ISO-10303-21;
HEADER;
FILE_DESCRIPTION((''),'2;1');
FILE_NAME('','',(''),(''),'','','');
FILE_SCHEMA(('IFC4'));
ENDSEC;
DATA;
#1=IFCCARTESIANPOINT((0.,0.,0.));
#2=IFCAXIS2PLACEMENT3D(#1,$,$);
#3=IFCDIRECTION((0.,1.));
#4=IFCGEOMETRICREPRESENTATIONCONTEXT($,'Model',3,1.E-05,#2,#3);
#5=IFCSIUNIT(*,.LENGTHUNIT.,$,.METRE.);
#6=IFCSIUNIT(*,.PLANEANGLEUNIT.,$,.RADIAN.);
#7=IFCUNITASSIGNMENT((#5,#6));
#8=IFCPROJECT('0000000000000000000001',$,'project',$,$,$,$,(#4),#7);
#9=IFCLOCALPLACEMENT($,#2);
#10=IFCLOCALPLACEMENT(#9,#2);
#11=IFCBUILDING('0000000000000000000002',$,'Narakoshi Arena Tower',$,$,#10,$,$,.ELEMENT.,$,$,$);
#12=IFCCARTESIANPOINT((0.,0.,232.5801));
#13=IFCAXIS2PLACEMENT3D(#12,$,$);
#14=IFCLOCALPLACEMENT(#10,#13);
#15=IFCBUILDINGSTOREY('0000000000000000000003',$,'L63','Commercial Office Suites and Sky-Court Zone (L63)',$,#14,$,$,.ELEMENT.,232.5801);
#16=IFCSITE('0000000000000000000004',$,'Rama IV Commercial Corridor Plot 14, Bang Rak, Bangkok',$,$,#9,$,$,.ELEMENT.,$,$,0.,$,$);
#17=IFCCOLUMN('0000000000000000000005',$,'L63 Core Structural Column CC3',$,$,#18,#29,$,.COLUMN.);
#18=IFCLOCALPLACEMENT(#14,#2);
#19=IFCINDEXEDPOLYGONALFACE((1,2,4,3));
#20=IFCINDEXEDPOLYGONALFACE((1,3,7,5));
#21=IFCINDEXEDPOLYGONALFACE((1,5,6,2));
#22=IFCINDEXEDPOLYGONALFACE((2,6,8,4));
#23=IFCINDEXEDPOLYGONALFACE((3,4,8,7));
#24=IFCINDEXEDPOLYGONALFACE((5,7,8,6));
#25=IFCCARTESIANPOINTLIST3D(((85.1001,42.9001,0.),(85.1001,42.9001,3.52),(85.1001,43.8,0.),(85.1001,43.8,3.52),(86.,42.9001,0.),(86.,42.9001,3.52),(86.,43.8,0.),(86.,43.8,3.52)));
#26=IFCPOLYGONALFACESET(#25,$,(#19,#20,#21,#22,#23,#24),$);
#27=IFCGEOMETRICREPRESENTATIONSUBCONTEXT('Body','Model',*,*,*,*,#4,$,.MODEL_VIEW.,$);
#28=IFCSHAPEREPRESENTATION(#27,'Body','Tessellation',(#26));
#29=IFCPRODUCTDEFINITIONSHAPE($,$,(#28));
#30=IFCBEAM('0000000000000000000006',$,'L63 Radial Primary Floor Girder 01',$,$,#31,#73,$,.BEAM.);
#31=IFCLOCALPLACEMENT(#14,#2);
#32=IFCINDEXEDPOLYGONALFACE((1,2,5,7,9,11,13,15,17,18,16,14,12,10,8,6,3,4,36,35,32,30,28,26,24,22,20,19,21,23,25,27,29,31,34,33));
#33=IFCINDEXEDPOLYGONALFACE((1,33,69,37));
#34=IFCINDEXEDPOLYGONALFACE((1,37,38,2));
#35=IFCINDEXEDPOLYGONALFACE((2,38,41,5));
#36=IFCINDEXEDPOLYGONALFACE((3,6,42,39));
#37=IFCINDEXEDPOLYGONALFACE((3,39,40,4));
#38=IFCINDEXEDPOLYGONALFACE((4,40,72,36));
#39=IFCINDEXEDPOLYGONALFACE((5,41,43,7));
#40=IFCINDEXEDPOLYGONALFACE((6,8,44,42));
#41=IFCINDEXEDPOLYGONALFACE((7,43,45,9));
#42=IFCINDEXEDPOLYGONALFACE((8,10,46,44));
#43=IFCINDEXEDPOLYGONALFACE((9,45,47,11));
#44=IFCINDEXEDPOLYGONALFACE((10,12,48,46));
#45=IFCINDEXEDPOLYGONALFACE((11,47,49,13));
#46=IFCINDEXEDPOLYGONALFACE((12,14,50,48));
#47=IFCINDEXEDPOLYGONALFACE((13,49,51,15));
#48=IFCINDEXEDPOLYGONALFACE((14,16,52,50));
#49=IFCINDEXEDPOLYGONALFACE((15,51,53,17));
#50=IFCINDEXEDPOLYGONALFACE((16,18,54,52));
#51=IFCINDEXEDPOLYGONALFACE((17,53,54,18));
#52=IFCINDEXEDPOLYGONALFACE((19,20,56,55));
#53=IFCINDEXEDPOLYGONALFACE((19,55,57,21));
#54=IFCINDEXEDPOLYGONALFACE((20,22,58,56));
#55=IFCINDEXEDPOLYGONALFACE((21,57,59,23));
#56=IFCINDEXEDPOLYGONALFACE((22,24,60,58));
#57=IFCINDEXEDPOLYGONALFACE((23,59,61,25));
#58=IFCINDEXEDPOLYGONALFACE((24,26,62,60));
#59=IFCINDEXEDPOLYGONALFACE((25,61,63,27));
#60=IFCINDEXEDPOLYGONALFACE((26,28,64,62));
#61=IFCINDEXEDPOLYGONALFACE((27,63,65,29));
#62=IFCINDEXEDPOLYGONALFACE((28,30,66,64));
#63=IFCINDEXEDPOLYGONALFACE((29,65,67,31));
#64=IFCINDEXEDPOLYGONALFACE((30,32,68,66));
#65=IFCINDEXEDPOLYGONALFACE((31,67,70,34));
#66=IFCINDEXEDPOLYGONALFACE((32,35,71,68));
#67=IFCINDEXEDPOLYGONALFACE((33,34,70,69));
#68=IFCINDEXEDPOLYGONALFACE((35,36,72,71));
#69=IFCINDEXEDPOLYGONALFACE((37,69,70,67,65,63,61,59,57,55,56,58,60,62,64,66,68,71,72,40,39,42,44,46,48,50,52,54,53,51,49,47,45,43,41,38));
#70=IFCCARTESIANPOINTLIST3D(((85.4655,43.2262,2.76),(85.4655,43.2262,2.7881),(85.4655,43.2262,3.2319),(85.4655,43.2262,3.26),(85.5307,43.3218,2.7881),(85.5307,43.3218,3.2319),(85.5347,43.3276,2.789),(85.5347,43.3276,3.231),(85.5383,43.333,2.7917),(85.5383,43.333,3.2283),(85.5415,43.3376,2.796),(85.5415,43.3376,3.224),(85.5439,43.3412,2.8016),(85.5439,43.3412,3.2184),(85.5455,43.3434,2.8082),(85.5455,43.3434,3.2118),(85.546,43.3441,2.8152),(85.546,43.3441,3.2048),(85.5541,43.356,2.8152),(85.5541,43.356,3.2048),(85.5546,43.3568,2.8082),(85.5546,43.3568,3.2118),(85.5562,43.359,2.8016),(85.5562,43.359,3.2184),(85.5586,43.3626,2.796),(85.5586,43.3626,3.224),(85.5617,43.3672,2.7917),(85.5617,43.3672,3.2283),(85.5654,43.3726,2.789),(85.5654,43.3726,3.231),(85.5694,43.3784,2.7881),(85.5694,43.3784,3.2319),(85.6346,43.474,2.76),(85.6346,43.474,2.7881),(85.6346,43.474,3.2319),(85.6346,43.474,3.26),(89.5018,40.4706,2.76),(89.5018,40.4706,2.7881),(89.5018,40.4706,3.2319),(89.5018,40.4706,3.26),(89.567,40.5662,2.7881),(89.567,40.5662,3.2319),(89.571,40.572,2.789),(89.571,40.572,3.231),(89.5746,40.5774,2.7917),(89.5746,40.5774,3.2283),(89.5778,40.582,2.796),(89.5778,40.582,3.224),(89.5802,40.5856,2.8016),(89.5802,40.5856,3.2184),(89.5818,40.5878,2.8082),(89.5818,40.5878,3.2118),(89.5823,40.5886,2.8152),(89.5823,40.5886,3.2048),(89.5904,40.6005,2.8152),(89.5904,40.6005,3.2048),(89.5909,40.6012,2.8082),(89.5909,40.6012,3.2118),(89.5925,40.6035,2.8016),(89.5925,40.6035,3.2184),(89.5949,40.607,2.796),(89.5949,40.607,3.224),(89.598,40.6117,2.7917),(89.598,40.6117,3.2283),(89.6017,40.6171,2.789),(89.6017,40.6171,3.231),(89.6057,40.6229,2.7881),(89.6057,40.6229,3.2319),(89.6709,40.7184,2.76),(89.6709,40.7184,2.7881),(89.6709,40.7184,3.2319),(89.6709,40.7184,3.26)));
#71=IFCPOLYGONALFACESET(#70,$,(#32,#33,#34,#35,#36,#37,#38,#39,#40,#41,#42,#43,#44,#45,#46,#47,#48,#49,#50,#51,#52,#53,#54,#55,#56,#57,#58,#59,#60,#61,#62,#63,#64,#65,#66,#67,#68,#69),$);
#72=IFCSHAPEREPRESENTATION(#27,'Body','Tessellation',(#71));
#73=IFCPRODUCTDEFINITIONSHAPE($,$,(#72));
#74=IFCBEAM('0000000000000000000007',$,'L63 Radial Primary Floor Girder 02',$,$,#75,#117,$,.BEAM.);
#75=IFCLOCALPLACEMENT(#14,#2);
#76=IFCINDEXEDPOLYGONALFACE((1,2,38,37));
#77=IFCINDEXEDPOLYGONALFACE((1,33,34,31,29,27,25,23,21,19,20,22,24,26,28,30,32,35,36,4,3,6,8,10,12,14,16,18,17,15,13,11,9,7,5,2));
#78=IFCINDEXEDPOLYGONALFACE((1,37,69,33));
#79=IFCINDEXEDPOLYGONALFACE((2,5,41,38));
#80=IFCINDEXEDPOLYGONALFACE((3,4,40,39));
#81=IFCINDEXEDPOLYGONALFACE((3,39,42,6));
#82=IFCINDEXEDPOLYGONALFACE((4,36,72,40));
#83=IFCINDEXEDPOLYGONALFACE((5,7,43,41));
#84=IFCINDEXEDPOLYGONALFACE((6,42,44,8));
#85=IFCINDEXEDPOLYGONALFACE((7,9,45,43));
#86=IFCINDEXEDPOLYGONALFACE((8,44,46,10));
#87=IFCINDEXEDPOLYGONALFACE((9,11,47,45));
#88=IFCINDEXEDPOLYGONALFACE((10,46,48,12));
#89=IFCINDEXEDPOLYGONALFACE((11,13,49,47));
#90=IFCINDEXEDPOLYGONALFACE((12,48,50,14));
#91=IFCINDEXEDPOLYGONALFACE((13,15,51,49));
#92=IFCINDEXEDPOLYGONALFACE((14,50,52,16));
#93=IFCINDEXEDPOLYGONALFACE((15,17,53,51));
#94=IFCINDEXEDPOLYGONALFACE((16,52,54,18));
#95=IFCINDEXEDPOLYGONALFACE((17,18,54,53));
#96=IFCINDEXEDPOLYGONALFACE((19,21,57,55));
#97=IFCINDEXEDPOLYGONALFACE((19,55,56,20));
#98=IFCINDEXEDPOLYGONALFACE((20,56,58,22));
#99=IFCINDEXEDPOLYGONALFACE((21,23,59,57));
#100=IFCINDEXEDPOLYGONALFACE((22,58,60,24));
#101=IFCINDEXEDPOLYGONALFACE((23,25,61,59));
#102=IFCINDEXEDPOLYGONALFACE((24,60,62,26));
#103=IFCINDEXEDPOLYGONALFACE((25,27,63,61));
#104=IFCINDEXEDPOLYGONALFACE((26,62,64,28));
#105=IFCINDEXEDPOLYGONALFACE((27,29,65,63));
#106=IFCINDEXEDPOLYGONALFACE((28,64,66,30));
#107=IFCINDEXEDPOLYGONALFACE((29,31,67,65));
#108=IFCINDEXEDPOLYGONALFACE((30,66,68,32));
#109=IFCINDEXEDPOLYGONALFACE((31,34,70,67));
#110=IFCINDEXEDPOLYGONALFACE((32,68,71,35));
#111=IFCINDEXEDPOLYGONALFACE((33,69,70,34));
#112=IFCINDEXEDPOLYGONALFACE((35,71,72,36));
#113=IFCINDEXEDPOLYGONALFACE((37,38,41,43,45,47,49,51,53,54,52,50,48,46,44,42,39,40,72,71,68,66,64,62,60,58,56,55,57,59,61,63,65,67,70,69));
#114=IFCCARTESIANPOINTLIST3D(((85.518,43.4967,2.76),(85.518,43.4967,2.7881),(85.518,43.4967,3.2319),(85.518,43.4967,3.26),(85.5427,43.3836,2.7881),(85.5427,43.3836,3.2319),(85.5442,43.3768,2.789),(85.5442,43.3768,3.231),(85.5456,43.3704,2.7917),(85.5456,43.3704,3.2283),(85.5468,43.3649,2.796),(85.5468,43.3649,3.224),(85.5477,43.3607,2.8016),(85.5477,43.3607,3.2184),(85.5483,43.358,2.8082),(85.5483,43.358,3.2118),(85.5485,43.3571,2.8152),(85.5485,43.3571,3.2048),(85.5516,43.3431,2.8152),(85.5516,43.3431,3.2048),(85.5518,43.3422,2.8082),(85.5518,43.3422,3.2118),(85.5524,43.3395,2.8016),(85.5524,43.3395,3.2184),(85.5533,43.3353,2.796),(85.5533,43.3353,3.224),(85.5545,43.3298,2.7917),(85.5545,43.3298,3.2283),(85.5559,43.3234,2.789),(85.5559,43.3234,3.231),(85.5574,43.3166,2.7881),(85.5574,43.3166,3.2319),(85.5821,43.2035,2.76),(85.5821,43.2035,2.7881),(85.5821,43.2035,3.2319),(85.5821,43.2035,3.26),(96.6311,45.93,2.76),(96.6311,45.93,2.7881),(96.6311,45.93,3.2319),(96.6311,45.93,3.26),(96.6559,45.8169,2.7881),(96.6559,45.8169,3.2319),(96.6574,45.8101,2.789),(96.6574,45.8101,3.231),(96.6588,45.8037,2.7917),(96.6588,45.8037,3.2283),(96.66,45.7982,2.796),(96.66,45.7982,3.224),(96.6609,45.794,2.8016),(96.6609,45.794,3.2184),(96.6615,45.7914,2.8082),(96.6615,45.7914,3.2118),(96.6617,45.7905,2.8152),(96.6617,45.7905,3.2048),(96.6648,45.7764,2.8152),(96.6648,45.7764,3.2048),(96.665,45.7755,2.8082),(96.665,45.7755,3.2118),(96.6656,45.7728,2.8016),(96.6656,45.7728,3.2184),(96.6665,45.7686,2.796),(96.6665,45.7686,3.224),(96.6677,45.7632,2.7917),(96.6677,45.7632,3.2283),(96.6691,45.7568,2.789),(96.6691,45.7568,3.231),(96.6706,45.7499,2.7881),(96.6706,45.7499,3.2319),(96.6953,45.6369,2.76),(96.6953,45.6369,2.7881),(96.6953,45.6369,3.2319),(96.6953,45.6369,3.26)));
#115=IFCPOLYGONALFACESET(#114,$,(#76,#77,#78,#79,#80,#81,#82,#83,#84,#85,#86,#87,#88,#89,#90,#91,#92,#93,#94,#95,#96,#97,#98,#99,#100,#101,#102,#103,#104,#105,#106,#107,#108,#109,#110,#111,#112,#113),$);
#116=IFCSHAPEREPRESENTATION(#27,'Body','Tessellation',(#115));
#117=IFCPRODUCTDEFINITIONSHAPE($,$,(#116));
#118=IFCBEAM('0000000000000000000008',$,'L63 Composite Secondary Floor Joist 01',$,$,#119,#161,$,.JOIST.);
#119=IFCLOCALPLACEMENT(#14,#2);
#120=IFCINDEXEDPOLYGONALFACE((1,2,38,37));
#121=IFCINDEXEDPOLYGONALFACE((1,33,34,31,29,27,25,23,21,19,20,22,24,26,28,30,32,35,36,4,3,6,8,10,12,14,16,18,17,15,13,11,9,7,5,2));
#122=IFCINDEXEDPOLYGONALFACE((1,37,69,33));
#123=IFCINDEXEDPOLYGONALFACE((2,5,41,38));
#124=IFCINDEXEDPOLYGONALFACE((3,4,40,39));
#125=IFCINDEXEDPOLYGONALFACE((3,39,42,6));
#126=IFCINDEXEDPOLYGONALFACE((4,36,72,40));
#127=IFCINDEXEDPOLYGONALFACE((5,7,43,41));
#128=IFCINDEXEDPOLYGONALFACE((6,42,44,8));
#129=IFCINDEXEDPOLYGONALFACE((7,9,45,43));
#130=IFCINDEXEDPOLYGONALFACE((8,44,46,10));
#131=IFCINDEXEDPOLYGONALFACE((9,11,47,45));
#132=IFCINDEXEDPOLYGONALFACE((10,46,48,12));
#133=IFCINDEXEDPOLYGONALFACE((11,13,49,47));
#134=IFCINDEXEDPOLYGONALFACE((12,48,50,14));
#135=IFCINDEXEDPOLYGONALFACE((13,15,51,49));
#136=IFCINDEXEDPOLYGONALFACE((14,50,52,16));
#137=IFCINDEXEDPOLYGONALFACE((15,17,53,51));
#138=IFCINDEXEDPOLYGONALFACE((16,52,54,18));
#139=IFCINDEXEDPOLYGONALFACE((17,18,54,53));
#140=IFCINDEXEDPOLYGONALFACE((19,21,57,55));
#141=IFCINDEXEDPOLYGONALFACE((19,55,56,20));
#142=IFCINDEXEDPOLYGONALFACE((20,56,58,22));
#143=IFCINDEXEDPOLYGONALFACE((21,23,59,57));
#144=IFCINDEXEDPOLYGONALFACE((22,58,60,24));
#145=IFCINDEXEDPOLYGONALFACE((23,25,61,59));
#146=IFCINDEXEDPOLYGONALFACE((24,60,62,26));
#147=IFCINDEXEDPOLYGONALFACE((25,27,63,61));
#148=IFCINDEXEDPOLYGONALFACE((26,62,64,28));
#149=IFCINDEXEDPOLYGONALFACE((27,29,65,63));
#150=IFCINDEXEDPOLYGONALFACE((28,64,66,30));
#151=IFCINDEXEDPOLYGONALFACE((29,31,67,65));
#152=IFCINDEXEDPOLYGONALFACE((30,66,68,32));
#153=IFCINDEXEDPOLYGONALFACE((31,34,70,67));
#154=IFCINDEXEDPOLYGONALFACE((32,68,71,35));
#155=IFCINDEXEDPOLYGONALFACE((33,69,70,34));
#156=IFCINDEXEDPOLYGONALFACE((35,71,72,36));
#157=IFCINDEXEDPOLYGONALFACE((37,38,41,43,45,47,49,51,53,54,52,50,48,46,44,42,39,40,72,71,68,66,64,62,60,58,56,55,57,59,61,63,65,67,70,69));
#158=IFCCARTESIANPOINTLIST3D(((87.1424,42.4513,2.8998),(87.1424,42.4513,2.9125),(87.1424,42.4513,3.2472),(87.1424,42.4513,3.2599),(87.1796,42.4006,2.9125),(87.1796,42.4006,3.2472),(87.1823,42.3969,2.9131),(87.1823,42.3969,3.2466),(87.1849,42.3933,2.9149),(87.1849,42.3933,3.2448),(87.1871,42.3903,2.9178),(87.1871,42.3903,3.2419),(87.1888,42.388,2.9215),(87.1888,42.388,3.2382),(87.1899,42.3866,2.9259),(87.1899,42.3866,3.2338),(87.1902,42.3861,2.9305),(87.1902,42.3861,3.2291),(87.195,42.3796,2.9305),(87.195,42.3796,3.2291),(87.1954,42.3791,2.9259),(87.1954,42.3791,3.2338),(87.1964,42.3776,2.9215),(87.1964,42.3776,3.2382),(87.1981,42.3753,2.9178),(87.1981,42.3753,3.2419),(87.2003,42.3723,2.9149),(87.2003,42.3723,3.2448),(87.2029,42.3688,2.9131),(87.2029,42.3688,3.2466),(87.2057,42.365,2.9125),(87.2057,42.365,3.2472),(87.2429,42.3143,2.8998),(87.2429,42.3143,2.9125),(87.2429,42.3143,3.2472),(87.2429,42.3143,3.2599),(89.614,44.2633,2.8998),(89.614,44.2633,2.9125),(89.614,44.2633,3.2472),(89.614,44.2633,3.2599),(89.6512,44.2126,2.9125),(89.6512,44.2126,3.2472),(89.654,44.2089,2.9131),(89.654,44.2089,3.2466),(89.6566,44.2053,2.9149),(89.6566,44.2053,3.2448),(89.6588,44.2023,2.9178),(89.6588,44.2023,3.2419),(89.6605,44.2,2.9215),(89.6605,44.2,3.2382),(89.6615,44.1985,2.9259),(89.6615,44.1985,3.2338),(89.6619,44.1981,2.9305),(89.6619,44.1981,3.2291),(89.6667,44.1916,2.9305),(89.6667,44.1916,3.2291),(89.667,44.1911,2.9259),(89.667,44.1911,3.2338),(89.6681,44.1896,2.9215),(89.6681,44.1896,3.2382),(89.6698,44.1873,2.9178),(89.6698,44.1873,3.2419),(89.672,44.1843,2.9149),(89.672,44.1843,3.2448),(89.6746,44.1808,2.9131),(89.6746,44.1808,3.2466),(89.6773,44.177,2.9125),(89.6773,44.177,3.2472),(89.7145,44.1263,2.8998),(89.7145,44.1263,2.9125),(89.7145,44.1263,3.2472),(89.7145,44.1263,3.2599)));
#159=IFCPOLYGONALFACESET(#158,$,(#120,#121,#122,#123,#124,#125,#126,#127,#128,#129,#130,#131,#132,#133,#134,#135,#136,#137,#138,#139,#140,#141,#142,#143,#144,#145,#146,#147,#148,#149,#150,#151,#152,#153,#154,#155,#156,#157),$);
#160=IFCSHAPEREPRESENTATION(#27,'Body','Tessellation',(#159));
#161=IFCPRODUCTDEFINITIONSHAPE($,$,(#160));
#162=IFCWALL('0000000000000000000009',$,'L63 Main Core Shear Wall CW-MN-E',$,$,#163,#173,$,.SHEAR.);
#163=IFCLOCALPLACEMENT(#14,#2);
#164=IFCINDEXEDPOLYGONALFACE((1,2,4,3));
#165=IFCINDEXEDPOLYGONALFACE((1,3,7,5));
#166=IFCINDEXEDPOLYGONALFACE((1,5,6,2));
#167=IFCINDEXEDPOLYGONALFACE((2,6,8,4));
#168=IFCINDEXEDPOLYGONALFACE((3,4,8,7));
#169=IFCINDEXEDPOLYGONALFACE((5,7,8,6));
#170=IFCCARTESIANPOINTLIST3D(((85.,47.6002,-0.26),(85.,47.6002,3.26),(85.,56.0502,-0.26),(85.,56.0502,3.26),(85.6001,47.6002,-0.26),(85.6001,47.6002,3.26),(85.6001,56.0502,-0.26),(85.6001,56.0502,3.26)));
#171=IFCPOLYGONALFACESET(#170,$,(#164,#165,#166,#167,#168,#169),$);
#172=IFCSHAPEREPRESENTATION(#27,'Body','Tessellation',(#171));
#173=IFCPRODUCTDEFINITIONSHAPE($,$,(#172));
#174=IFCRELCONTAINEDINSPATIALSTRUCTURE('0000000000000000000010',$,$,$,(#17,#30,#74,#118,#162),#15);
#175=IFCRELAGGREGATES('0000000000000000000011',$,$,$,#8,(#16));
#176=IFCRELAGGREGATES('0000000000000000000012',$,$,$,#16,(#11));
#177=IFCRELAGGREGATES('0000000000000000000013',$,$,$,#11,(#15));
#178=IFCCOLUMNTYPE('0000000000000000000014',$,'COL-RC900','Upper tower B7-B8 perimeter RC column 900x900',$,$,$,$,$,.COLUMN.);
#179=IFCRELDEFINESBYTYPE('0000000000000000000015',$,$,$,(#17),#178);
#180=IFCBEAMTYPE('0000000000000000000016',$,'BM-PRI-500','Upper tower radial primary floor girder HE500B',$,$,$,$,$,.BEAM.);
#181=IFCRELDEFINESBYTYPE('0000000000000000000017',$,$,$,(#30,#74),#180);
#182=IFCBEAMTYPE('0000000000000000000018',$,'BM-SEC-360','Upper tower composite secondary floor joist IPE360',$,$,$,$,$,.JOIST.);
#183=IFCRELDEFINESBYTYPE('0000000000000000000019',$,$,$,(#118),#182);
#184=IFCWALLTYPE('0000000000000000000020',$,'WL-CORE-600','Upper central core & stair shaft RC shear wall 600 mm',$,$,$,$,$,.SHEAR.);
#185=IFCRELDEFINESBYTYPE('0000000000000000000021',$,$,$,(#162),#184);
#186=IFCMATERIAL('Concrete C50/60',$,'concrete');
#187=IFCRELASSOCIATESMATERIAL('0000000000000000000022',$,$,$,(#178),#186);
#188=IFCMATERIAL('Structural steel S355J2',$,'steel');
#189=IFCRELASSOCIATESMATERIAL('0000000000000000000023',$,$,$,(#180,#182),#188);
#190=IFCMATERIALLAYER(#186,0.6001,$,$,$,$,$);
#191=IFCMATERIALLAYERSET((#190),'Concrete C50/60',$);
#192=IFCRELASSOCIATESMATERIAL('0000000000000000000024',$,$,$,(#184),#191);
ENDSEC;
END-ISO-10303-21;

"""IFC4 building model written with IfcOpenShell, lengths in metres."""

from ifc_helpers import new_model, si_unit, direction, frame, frame_2d, origin, origin_2d, place, context, subcontext, project, spatial, rectangle, i_section, extrude, material, layer, layer_set, material_profile, profile_set, type_object, element, save


model = new_model("IFC4")

# Units and contexts
model_context = context("Model", 3, precision=1e-05, world=origin(), true_north=direction((0.0, 1.0)))
body_context = subcontext(model_context, "Body", "Model", "MODEL_VIEW")
ifc_project = project(units=[si_unit("LENGTHUNIT", "METRE"), si_unit("PLANEANGLEUNIT", "RADIAN")], contexts=[model_context])

# Site, building, storey
site_placement = place(None, origin())
site = spatial("IfcSite", under=ifc_project, at=site_placement, Name="Rama IV Commercial Corridor Plot 14, Bang Rak, Bangkok", CompositionType="ELEMENT", RefElevation=0.0)
building_placement = place(site_placement, origin())
building = spatial("IfcBuilding", under=site, at=building_placement, Name="Narakoshi Arena Tower", CompositionType="ELEMENT")
storey_placement = place(building_placement, frame((0.0, 0.0, 232.5801)))
storey = spatial("IfcBuildingStorey", under=building, at=storey_placement, Name="L63", Description="Commercial Office Suites and Sky-Court Zone (L63)", CompositionType="ELEMENT", Elevation=232.5801)

# Column
ifc_material_1 = material(Name="Concrete C50/60", Category="concrete")
ifc_material_profile_1 = material_profile(ifc_material_1, rectangle(XDim=0.8999, YDim=0.8999, at=origin_2d()), Name="RC900x900")
ifc_profile_set_1 = profile_set([ifc_material_profile_1], Name="Concrete C50/60")
column_type = type_object("IfcColumnType", Name="COL-RC900", Description="Upper tower B7-B8 perimeter RC column 900x900", PredefinedType="COLUMN", material=ifc_profile_set_1)
column_placement = place(storey_placement, frame((85.55, 43.3501, 0.0), z_axis=(0.0, 0.0, 1.0), x_axis=(1.0, 0.0, 0.0)))
element("IfcColumn", 1, at=column_placement, inside=storey, type_object=column_type, Name="L63 Core Structural Column CC3", PredefinedType="COLUMN", context=body_context, shape_type="SweptSolid", body=[
    extrude(rectangle(XDim=0.8999, YDim=0.8999, at=origin_2d()), origin(), (0.0, 0.0, 1.0), 3.52),
])

# Beams
ifc_material_2 = material(Name="Structural steel S355J2", Category="steel")
ifc_material_profile_2 = material_profile(ifc_material_2, i_section(OverallWidth=0.3, OverallDepth=0.5, WebThickness=0.0144, FlangeThickness=0.0281, FilletRadius=0.0271, at=origin_2d()), Name="HE500B")
ifc_profile_set_2 = profile_set([ifc_material_profile_2], Name="Structural steel S355J2")
beam_type_1 = type_object("IfcBeamType", Name="BM-PRI-500", Description="Upper tower radial primary floor girder HE500B", PredefinedType="BEAM", material=ifc_profile_set_2)
beam_1_placement = place(storey_placement, frame((85.55, 43.3501, 3.01), z_axis=(0.82589, -0.563831, 0.0), x_axis=(0.563831, 0.82589, 0.0)))
element("IfcBeam", 2, at=beam_1_placement, inside=storey, type_object=beam_type_1, Name="L63 Radial Primary Floor Girder 01", PredefinedType="BEAM", context=body_context, shape_type="SweptSolid", body=[
    extrude(i_section(OverallWidth=0.3, OverallDepth=0.5, WebThickness=0.0144, FlangeThickness=0.0281, FilletRadius=0.0271, at=origin_2d()), origin(), (0.0, 0.0, 1.0), 4.8872),
])
beam_2_placement = place(storey_placement, frame((85.55, 43.3501, 3.01), z_axis=(0.976857, 0.213891, 0.0), x_axis=(-0.213891, 0.976857, 0.0)))
element("IfcBeam", 3, at=beam_2_placement, inside=storey, type_object=beam_type_1, Name="L63 Radial Primary Floor Girder 02", PredefinedType="BEAM", context=body_context, shape_type="SweptSolid", body=[
    extrude(i_section(OverallWidth=0.3, OverallDepth=0.5, WebThickness=0.0144, FlangeThickness=0.0281, FilletRadius=0.0271, at=origin_2d()), origin(), (0.0, 0.0, 1.0), 11.3765),
])
ifc_material_profile_3 = material_profile(ifc_material_2, i_section(OverallWidth=0.1699, OverallDepth=0.3601, WebThickness=0.0081, FlangeThickness=0.0127, FilletRadius=0.0181, at=origin_2d()), Name="IPE360")
ifc_profile_set_3 = profile_set([ifc_material_profile_3], Name="Structural steel S355J2")
beam_type_2 = type_object("IfcBeamType", Name="BM-SEC-360", Description="Upper tower composite secondary floor joist IPE360", PredefinedType="JOIST", material=ifc_profile_set_3)
beam_3_placement = place(storey_placement, frame((87.1926, 42.3828, 3.0798), z_axis=(0.806491, 0.591246, 0.0), x_axis=(-0.591246, 0.806491, 0.0)))
element("IfcBeam", 4, at=beam_3_placement, inside=storey, type_object=beam_type_2, Name="L63 Composite Secondary Floor Joist 01", PredefinedType="JOIST", context=body_context, shape_type="SweptSolid", body=[
    extrude(i_section(OverallWidth=0.1699, OverallDepth=0.3601, WebThickness=0.0081, FlangeThickness=0.0127, FilletRadius=0.0181, at=origin_2d()), origin(), (0.0, 0.0, 1.0), 3.0647),
])

# Wall
ifc_layer_1 = layer(ifc_material_1, 0.6001)
ifc_layer_set_1 = layer_set([ifc_layer_1], Name="Concrete C50/60")
wall_type_1 = type_object("IfcWallType", Name="WL-CORE-600", Description="Upper central core & stair shaft RC shear wall 600 mm", PredefinedType="SHEAR", material=ifc_layer_set_1)
wall_1_placement = place(storey_placement, frame((85.3, 47.6001, -0.26), z_axis=(0.0, 0.0, 1.0), x_axis=(0.0, 1.0, 0.0)))
element("IfcWall", 5, at=wall_1_placement, inside=storey, type_object=wall_type_1, Name="L63 Main Core Shear Wall CW-MN-E", PredefinedType="SHEAR", context=body_context, shape_type="SweptSolid", body=[
    extrude(rectangle(XDim=8.45, YDim=0.6001, at=frame_2d((4.2251, 0.0))), origin(), (0.0, 0.0, 1.0), 3.52),
])

save(model, "model.ifc")
